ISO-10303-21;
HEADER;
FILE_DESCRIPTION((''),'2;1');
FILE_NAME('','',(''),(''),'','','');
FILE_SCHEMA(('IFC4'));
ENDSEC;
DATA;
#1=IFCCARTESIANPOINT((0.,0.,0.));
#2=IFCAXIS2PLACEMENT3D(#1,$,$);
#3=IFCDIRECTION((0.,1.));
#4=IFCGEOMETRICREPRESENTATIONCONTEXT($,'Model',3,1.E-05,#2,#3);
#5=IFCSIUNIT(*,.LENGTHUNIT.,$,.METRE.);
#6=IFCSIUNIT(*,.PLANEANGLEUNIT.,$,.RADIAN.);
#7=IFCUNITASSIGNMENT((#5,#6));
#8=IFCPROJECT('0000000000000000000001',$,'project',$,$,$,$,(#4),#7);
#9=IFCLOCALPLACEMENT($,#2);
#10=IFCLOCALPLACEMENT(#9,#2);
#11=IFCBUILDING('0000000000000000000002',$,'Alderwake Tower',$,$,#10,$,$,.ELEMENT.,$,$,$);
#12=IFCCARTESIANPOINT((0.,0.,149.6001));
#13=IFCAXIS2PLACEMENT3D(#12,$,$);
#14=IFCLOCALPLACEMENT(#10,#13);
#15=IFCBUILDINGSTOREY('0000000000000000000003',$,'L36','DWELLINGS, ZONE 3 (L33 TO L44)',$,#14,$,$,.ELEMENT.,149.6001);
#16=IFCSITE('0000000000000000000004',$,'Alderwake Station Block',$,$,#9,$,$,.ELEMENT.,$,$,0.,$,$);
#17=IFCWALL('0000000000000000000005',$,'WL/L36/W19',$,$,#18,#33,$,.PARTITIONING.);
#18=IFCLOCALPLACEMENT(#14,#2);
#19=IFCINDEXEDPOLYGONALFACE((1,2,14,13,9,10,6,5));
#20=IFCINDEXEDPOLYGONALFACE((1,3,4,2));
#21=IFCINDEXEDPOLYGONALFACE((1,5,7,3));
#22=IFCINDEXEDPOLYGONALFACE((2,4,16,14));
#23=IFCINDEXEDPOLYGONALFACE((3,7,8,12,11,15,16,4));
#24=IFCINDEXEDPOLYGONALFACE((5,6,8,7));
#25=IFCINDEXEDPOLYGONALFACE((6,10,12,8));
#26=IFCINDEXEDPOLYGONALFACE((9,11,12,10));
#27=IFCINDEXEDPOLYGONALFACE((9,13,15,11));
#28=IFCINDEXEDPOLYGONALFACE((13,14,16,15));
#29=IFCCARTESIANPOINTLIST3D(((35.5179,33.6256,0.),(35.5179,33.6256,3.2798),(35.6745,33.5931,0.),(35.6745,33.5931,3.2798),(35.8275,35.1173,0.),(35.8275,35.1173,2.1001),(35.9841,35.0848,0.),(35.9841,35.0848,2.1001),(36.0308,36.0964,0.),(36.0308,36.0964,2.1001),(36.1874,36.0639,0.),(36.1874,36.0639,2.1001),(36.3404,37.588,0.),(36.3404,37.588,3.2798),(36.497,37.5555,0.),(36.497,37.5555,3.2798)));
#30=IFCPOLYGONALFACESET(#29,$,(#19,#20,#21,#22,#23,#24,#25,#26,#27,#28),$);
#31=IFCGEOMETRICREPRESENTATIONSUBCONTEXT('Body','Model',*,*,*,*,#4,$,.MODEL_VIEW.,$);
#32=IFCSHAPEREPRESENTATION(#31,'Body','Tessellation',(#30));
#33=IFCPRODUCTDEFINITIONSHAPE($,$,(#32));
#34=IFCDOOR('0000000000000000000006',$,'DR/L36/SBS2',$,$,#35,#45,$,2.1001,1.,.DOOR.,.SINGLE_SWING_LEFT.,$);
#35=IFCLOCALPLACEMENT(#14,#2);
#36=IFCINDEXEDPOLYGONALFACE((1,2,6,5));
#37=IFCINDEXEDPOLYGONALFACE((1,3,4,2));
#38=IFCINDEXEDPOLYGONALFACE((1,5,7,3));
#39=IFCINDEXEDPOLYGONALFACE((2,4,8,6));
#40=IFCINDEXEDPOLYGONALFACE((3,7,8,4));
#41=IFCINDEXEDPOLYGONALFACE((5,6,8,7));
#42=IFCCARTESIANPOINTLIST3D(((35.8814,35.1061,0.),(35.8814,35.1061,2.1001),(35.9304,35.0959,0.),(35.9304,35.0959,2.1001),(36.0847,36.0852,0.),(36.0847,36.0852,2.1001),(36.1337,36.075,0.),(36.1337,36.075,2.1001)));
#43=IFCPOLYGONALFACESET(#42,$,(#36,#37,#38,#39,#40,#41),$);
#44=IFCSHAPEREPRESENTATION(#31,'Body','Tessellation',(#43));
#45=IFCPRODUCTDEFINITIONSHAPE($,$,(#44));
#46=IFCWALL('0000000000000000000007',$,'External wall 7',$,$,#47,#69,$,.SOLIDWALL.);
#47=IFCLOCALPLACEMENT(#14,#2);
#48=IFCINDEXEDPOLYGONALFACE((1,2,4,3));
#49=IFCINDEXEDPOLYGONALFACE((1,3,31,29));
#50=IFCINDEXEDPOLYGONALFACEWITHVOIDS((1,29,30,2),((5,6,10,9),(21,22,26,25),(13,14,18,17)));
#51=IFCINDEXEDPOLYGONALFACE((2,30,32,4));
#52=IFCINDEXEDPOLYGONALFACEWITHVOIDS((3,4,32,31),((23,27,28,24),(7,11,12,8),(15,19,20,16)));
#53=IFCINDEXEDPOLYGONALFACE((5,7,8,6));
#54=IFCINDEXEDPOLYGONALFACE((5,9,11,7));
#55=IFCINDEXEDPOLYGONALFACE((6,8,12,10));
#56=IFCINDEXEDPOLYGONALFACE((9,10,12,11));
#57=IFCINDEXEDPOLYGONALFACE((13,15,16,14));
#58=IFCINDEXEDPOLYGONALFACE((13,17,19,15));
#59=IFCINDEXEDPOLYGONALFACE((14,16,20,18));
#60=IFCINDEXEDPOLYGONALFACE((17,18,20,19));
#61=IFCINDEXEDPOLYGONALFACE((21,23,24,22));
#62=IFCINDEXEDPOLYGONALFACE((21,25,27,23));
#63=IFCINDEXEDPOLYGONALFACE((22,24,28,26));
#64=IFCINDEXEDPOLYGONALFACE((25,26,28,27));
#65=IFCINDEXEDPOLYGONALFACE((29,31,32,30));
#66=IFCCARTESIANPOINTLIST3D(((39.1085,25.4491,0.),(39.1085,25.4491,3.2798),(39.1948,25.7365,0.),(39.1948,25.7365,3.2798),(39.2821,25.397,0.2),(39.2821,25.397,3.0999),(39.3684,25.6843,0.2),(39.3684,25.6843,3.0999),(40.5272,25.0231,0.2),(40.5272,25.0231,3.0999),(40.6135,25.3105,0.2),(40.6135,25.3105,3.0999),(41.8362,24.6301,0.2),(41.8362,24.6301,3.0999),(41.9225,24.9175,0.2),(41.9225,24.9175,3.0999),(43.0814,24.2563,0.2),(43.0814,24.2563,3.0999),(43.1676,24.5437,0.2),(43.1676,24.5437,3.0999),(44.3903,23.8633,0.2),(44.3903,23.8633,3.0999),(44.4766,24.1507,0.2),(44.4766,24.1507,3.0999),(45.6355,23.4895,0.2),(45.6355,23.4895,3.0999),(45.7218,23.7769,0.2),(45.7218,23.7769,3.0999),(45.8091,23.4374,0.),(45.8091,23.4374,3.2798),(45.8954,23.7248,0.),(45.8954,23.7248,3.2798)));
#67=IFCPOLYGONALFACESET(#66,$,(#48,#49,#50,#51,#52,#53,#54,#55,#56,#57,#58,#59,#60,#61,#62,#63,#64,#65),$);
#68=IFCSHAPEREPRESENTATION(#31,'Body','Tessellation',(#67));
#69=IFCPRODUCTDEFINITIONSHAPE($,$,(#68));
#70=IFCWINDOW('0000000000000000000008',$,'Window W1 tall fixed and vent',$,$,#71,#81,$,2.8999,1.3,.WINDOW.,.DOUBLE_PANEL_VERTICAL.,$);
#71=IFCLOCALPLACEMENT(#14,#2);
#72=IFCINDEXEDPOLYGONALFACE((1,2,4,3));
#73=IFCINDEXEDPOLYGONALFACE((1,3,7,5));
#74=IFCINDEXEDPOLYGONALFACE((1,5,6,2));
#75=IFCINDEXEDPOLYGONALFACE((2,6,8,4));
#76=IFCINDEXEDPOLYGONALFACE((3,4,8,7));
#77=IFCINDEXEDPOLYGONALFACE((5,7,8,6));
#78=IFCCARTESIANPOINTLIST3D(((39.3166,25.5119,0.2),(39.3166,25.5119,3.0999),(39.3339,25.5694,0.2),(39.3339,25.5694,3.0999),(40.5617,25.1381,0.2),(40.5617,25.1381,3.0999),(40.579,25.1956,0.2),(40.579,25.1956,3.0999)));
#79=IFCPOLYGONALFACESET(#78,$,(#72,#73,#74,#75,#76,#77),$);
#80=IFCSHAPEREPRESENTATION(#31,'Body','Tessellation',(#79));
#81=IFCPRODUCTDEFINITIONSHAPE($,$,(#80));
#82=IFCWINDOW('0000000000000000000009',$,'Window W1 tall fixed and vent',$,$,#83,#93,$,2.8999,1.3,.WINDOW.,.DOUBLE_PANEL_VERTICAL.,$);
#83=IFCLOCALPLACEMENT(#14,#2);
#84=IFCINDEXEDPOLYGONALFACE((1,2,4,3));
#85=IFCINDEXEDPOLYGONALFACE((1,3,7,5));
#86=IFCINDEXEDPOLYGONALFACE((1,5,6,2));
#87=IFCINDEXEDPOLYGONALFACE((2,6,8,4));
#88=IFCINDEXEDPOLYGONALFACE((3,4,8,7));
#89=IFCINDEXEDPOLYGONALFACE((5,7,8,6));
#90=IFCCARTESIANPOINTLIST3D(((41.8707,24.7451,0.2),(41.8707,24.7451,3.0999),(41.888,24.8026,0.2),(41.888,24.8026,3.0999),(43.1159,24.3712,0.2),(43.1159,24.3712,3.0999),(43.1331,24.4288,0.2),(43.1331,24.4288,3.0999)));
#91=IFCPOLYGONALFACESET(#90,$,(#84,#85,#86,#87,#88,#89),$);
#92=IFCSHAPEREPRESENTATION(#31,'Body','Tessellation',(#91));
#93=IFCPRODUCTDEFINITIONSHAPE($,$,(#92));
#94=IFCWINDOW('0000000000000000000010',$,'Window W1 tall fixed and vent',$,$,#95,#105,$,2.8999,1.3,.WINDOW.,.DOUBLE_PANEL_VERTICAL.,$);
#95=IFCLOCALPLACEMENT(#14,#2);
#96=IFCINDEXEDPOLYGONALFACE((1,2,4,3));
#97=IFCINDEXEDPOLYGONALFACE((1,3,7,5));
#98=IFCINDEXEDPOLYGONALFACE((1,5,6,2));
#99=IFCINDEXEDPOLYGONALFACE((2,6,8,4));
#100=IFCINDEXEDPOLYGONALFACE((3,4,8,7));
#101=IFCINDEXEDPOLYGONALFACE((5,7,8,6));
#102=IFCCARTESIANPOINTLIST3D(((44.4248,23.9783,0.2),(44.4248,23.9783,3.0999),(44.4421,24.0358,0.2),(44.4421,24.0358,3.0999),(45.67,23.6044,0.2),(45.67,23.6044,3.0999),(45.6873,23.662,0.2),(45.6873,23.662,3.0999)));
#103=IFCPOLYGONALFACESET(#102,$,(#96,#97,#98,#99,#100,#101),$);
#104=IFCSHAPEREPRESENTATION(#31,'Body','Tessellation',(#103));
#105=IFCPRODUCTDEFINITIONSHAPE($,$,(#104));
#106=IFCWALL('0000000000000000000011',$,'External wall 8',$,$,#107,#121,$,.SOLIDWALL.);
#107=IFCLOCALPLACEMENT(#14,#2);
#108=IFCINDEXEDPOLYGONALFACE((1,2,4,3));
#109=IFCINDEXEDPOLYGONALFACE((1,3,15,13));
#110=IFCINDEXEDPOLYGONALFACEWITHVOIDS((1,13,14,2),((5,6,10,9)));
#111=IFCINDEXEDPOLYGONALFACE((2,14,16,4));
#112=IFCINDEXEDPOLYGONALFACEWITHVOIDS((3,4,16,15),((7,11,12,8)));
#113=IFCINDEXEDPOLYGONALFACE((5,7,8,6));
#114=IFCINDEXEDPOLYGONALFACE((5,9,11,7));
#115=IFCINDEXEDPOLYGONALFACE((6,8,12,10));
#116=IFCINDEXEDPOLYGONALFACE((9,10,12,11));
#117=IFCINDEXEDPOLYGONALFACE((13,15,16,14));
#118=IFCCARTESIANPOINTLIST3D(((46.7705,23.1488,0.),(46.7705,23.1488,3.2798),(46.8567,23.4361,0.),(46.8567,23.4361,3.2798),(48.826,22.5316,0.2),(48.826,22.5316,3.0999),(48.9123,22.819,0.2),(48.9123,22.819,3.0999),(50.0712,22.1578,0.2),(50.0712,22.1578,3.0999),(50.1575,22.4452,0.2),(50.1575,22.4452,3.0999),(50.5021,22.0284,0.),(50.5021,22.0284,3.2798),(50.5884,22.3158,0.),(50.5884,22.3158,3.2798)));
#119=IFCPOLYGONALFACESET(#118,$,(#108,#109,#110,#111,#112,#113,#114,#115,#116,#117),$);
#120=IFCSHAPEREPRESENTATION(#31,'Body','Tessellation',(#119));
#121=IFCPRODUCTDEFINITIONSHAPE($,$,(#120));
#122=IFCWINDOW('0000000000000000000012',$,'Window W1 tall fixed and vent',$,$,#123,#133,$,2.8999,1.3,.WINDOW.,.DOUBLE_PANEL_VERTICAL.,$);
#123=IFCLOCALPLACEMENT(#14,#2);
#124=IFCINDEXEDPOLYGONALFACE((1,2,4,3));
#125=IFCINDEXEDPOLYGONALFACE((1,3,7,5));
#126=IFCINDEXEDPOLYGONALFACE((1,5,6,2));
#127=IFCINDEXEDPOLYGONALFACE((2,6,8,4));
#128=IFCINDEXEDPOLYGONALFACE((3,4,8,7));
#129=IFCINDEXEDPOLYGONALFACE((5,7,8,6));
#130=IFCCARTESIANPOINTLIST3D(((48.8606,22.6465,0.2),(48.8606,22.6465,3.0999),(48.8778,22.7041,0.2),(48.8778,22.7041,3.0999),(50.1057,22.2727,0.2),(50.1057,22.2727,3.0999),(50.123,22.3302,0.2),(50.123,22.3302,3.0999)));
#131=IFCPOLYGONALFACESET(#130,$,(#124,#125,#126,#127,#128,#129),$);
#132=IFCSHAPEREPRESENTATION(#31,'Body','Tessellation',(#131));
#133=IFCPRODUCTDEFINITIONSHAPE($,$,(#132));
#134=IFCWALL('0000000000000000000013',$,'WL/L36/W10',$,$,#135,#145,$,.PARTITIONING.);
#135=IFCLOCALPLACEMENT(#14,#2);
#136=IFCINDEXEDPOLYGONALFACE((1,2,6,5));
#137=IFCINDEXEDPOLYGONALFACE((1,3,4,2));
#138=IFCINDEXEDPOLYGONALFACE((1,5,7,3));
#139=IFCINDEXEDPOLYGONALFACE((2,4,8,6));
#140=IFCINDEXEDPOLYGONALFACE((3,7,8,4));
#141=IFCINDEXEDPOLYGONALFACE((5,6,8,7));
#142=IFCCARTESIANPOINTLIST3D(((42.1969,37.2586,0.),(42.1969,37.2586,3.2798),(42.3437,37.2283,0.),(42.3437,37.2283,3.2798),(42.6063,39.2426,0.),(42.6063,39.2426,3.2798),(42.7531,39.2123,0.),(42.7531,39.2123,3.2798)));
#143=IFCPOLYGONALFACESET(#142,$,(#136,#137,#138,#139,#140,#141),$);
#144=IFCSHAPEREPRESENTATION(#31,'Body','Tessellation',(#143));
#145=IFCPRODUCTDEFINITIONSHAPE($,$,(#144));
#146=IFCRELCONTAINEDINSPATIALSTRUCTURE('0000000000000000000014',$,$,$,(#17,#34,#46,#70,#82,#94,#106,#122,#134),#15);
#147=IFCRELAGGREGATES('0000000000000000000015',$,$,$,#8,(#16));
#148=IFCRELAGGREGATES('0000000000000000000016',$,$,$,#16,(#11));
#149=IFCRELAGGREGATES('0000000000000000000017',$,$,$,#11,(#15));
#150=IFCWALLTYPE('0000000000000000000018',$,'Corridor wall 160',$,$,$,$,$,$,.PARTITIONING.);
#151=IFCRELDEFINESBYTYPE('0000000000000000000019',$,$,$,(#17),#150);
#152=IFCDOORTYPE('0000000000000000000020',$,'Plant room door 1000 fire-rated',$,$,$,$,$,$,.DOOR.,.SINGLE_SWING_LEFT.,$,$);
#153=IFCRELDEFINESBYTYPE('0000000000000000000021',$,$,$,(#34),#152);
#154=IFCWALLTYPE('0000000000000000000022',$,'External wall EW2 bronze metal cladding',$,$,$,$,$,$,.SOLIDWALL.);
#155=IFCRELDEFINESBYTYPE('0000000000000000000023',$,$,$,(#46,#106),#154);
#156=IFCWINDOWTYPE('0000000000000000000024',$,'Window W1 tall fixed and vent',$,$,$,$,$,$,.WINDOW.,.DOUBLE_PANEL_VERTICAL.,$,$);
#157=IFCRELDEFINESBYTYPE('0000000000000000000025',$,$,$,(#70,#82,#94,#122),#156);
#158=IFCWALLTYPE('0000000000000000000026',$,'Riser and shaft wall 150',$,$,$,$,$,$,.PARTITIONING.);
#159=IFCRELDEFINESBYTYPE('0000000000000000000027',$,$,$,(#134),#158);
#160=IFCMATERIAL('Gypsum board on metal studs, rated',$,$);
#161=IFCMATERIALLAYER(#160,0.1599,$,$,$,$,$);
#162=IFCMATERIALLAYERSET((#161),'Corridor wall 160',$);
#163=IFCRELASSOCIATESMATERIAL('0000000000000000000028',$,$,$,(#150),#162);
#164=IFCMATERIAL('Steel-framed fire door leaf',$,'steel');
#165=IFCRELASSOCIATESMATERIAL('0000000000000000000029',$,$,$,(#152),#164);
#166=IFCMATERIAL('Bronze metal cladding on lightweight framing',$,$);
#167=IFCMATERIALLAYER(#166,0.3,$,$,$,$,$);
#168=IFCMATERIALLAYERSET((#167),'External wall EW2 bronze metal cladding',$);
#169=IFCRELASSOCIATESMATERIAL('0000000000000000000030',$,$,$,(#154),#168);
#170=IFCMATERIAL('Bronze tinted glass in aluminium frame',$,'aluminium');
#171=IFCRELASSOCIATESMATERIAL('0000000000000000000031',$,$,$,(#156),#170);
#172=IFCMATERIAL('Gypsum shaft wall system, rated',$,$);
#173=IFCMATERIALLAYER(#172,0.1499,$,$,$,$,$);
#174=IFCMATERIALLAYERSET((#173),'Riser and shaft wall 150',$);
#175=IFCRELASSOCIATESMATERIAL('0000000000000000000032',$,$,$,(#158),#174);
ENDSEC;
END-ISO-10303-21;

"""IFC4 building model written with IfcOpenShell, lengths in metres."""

from ifc_helpers import new_model, si_unit, direction, frame, frame_2d, origin, place, context, subcontext, project, spatial, rectangle, extrude, material, layer, layer_set, type_object, element, fill, save


model = new_model("IFC4")

# Units and contexts
model_context = context("Model", 3, precision=1e-05, world=origin(), true_north=direction((0.0, 1.0)))
body_context = subcontext(model_context, "Body", "Model", "MODEL_VIEW")
ifc_project = project(units=[si_unit("LENGTHUNIT", "METRE"), si_unit("PLANEANGLEUNIT", "RADIAN")], contexts=[model_context])

# Site, building, storey
site_placement = place(None, origin())
site = spatial("IfcSite", under=ifc_project, at=site_placement, Name="Alderwake Station Block", CompositionType="ELEMENT", RefElevation=0.0)
building_placement = place(site_placement, origin())
building = spatial("IfcBuilding", under=site, at=building_placement, Name="Alderwake Tower", CompositionType="ELEMENT")
storey_placement = place(building_placement, frame((0.0, 0.0, 149.6001)))
storey = spatial("IfcBuildingStorey", under=building, at=storey_placement, Name="L36", Description="DWELLINGS, ZONE 3 (L33 TO L44)", CompositionType="ELEMENT", Elevation=149.6001)

# Wall, opening, door
ifc_material_1 = material(Name="Gypsum board on metal studs, rated")
ifc_layer_1 = layer(ifc_material_1, 0.1599)
ifc_layer_set_1 = layer_set([ifc_layer_1], Name="Corridor wall 160")
wall_type_1 = type_object("IfcWallType", Name="Corridor wall 160", PredefinedType="PARTITIONING", material=ifc_layer_set_1)
wall_1_placement = place(storey_placement, frame((35.5962, 33.6094, 0.0), z_axis=(0.0, 0.0, 1.0), x_axis=(0.203246, 0.979128, 0.0)))
wall_1 = element("IfcWall", 1, at=wall_1_placement, inside=storey, type_object=wall_type_1, Name="WL/L36/W19", PredefinedType="PARTITIONING", context=body_context, shape_type="SweptSolid", body=[
    extrude(rectangle(XDim=4.0469, YDim=0.1599, at=frame_2d((2.0234, 0.0))), origin(), (0.0, 0.0, 1.0), 3.2798),
])
opening_1_placement = place(wall_1_placement, frame((1.5234, 0.0, 0.0)))
opening_1 = element("IfcOpeningElement", 2, at=opening_1_placement, cuts=wall_1, PredefinedType="OPENING", context=body_context, shape_type="SweptSolid", body=[
    extrude(rectangle(XDim=1.0, YDim=2.1001, at=frame_2d((0.5, 1.05))), frame((0.0, 0.0898, 0.0), z_axis=(0.0, -1.0, 0.0), x_axis=(1.0, 0.0, 0.0)), (0.0, 0.0, 1.0), 0.1799),
])
ifc_material_2 = material(Name="Steel-framed fire door leaf", Category="steel")
door_type_1 = type_object("IfcDoorType", Name="Plant room door 1000 fire-rated", OperationType="SINGLE_SWING_LEFT", PredefinedType="DOOR", material=ifc_material_2)
door_1_placement = place(opening_1_placement, origin())
door_1 = element("IfcDoor", 3, at=door_1_placement, inside=storey, type_object=door_type_1, Name="DR/L36/SBS2", OperationType="SINGLE_SWING_LEFT", OverallHeight=2.1001, OverallWidth=1.0, PredefinedType="DOOR", context=body_context, shape_type="SweptSolid", body=[
    extrude(rectangle(XDim=1.0, YDim=2.1001, at=frame_2d((0.5, 1.05))), frame((0.0, 0.0249, 0.0), z_axis=(0.0, -1.0, 0.0), x_axis=(1.0, 0.0, 0.0)), (0.0, 0.0, 1.0), 0.05),
])
fill(opening_1, door_1)

# Wall, openings, windows
ifc_material_3 = material(Name="Bronze metal cladding on lightweight framing")
ifc_layer_2 = layer(ifc_material_3, 0.3)
ifc_layer_set_2 = layer_set([ifc_layer_2], Name="External wall EW2 bronze metal cladding")
wall_type_2 = type_object("IfcWallType", Name="External wall EW2 bronze metal cladding", PredefinedType="SOLIDWALL", material=ifc_layer_set_2)
wall_2_placement = place(storey_placement, frame((39.1516, 25.5928, 0.0), z_axis=(0.0, 0.0, 1.0), x_axis=(0.957767, -0.287546, 0.0)))
wall_2 = element("IfcWall", 4, at=wall_2_placement, inside=storey, type_object=wall_type_2, Name="External wall 7", PredefinedType="SOLIDWALL", context=body_context, shape_type="SweptSolid", body=[
    extrude(rectangle(XDim=6.9961, YDim=0.3, at=frame_2d((3.498, 0.0))), origin(), (0.0, 0.0, 1.0), 3.2798),
])
opening_2_placement = place(wall_2_placement, frame((0.1814, 0.0, 0.2)))
opening_2 = element("IfcOpeningElement", 5, at=opening_2_placement, cuts=wall_2, PredefinedType="OPENING", context=body_context, shape_type="SweptSolid", body=[
    extrude(rectangle(XDim=1.3, YDim=2.8999, at=frame_2d((0.6499, 1.45))), frame((0.0, 0.1599, 0.0), z_axis=(0.0, -1.0, 0.0), x_axis=(1.0, 0.0, 0.0)), (0.0, 0.0, 1.0), 0.3201),
])
opening_3_placement = place(wall_2_placement, frame((2.8481, 0.0, 0.2)))
opening_3 = element("IfcOpeningElement", 6, at=opening_3_placement, cuts=wall_2, PredefinedType="OPENING", context=body_context, shape_type="SweptSolid", body=[
    extrude(rectangle(XDim=1.3, YDim=2.8999, at=frame_2d((0.6499, 1.45))), frame((0.0, 0.1599, 0.0), z_axis=(0.0, -1.0, 0.0), x_axis=(1.0, 0.0, 0.0)), (0.0, 0.0, 1.0), 0.3201),
])
opening_4_placement = place(wall_2_placement, frame((5.5149, 0.0, 0.2)))
opening_4 = element("IfcOpeningElement", 7, at=opening_4_placement, cuts=wall_2, PredefinedType="OPENING", context=body_context, shape_type="SweptSolid", body=[
    extrude(rectangle(XDim=1.3, YDim=2.8999, at=frame_2d((0.6499, 1.45))), frame((0.0, 0.1599, 0.0), z_axis=(0.0, -1.0, 0.0), x_axis=(1.0, 0.0, 0.0)), (0.0, 0.0, 1.0), 0.3201),
])
ifc_material_4 = material(Name="Bronze tinted glass in aluminium frame", Category="aluminium")
window_type = type_object("IfcWindowType", Name="Window W1 tall fixed and vent", PartitioningType="DOUBLE_PANEL_VERTICAL", PredefinedType="WINDOW", material=ifc_material_4)
window_1_placement = place(opening_2_placement, origin())
window_1 = element("IfcWindow", 8, at=window_1_placement, inside=storey, type_object=window_type, Name="Window W1 tall fixed and vent", OverallHeight=2.8999, OverallWidth=1.3, PartitioningType="DOUBLE_PANEL_VERTICAL", PredefinedType="WINDOW", context=body_context, shape_type="SweptSolid", body=[
    extrude(rectangle(XDim=1.3, YDim=2.8999, at=frame_2d((0.6499, 1.45))), frame((0.0, 0.03, 0.0), z_axis=(0.0, -1.0, 0.0), x_axis=(1.0, 0.0, 0.0)), (0.0, 0.0, 1.0), 0.0601),
])
fill(opening_2, window_1)
window_2_placement = place(opening_3_placement, origin())
window_2 = element("IfcWindow", 9, at=window_2_placement, inside=storey, type_object=window_type, Name="Window W1 tall fixed and vent", OverallHeight=2.8999, OverallWidth=1.3, PartitioningType="DOUBLE_PANEL_VERTICAL", PredefinedType="WINDOW", context=body_context, shape_type="SweptSolid", body=[
    extrude(rectangle(XDim=1.3, YDim=2.8999, at=frame_2d((0.6499, 1.45))), frame((0.0, 0.03, 0.0), z_axis=(0.0, -1.0, 0.0), x_axis=(1.0, 0.0, 0.0)), (0.0, 0.0, 1.0), 0.0601),
])
fill(opening_3, window_2)
window_3_placement = place(opening_4_placement, origin())
window_3 = element("IfcWindow", 10, at=window_3_placement, inside=storey, type_object=window_type, Name="Window W1 tall fixed and vent", OverallHeight=2.8999, OverallWidth=1.3, PartitioningType="DOUBLE_PANEL_VERTICAL", PredefinedType="WINDOW", context=body_context, shape_type="SweptSolid", body=[
    extrude(rectangle(XDim=1.3, YDim=2.8999, at=frame_2d((0.6499, 1.45))), frame((0.0, 0.03, 0.0), z_axis=(0.0, -1.0, 0.0), x_axis=(1.0, 0.0, 0.0)), (0.0, 0.0, 1.0), 0.0601),
])
fill(opening_4, window_3)

# Wall, opening, window
wall_3_placement = place(storey_placement, frame((46.8135, 23.2925, 0.0), z_axis=(0.0, 0.0, 1.0), x_axis=(0.957766, -0.287549, 0.0)))
wall_3 = element("IfcWall", 11, at=wall_3_placement, inside=storey, type_object=wall_type_2, Name="External wall 8", PredefinedType="SOLIDWALL", context=body_context, shape_type="SweptSolid", body=[
    extrude(rectangle(XDim=3.8962, YDim=0.3, at=frame_2d((1.9482, 0.0))), origin(), (0.0, 0.0, 1.0), 3.2798),
])
opening_5_placement = place(wall_3_placement, frame((2.1465, 0.0, 0.2)))
opening_5 = element("IfcOpeningElement", 12, at=opening_5_placement, cuts=wall_3, PredefinedType="OPENING", context=body_context, shape_type="SweptSolid", body=[
    extrude(rectangle(XDim=1.3, YDim=2.8999, at=frame_2d((0.6499, 1.45))), frame((0.0, 0.1599, 0.0), z_axis=(0.0, -1.0, 0.0), x_axis=(1.0, 0.0, 0.0)), (0.0, 0.0, 1.0), 0.3201),
])
window_4_placement = place(opening_5_placement, origin())
window_4 = element("IfcWindow", 13, at=window_4_placement, inside=storey, type_object=window_type, Name="Window W1 tall fixed and vent", OverallHeight=2.8999, OverallWidth=1.3, PartitioningType="DOUBLE_PANEL_VERTICAL", PredefinedType="WINDOW", context=body_context, shape_type="SweptSolid", body=[
    extrude(rectangle(XDim=1.3, YDim=2.8999, at=frame_2d((0.6499, 1.45))), frame((0.0, 0.03, 0.0), z_axis=(0.0, -1.0, 0.0), x_axis=(1.0, 0.0, 0.0)), (0.0, 0.0, 1.0), 0.0601),
])
fill(opening_5, window_4)

# Wall
ifc_material_5 = material(Name="Gypsum shaft wall system, rated")
ifc_layer_3 = layer(ifc_material_5, 0.1499)
ifc_layer_set_3 = layer_set([ifc_layer_3], Name="Riser and shaft wall 150")
wall_type_3 = type_object("IfcWallType", Name="Riser and shaft wall 150", PredefinedType="PARTITIONING", material=ifc_layer_set_3)
wall_4_placement = place(storey_placement, frame((42.2703, 37.2434, 0.0), z_axis=(0.0, 0.0, 1.0), x_axis=(0.202092, 0.979367, 0.0)))
element("IfcWall", 14, at=wall_4_placement, inside=storey, type_object=wall_type_3, Name="WL/L36/W10", PredefinedType="PARTITIONING", context=body_context, shape_type="SweptSolid", body=[
    extrude(rectangle(XDim=2.0259, YDim=0.1499, at=frame_2d((1.0129, 0.0))), origin(), (0.0, 0.0, 1.0), 3.2798),
])

save(model, "model.ifc")
